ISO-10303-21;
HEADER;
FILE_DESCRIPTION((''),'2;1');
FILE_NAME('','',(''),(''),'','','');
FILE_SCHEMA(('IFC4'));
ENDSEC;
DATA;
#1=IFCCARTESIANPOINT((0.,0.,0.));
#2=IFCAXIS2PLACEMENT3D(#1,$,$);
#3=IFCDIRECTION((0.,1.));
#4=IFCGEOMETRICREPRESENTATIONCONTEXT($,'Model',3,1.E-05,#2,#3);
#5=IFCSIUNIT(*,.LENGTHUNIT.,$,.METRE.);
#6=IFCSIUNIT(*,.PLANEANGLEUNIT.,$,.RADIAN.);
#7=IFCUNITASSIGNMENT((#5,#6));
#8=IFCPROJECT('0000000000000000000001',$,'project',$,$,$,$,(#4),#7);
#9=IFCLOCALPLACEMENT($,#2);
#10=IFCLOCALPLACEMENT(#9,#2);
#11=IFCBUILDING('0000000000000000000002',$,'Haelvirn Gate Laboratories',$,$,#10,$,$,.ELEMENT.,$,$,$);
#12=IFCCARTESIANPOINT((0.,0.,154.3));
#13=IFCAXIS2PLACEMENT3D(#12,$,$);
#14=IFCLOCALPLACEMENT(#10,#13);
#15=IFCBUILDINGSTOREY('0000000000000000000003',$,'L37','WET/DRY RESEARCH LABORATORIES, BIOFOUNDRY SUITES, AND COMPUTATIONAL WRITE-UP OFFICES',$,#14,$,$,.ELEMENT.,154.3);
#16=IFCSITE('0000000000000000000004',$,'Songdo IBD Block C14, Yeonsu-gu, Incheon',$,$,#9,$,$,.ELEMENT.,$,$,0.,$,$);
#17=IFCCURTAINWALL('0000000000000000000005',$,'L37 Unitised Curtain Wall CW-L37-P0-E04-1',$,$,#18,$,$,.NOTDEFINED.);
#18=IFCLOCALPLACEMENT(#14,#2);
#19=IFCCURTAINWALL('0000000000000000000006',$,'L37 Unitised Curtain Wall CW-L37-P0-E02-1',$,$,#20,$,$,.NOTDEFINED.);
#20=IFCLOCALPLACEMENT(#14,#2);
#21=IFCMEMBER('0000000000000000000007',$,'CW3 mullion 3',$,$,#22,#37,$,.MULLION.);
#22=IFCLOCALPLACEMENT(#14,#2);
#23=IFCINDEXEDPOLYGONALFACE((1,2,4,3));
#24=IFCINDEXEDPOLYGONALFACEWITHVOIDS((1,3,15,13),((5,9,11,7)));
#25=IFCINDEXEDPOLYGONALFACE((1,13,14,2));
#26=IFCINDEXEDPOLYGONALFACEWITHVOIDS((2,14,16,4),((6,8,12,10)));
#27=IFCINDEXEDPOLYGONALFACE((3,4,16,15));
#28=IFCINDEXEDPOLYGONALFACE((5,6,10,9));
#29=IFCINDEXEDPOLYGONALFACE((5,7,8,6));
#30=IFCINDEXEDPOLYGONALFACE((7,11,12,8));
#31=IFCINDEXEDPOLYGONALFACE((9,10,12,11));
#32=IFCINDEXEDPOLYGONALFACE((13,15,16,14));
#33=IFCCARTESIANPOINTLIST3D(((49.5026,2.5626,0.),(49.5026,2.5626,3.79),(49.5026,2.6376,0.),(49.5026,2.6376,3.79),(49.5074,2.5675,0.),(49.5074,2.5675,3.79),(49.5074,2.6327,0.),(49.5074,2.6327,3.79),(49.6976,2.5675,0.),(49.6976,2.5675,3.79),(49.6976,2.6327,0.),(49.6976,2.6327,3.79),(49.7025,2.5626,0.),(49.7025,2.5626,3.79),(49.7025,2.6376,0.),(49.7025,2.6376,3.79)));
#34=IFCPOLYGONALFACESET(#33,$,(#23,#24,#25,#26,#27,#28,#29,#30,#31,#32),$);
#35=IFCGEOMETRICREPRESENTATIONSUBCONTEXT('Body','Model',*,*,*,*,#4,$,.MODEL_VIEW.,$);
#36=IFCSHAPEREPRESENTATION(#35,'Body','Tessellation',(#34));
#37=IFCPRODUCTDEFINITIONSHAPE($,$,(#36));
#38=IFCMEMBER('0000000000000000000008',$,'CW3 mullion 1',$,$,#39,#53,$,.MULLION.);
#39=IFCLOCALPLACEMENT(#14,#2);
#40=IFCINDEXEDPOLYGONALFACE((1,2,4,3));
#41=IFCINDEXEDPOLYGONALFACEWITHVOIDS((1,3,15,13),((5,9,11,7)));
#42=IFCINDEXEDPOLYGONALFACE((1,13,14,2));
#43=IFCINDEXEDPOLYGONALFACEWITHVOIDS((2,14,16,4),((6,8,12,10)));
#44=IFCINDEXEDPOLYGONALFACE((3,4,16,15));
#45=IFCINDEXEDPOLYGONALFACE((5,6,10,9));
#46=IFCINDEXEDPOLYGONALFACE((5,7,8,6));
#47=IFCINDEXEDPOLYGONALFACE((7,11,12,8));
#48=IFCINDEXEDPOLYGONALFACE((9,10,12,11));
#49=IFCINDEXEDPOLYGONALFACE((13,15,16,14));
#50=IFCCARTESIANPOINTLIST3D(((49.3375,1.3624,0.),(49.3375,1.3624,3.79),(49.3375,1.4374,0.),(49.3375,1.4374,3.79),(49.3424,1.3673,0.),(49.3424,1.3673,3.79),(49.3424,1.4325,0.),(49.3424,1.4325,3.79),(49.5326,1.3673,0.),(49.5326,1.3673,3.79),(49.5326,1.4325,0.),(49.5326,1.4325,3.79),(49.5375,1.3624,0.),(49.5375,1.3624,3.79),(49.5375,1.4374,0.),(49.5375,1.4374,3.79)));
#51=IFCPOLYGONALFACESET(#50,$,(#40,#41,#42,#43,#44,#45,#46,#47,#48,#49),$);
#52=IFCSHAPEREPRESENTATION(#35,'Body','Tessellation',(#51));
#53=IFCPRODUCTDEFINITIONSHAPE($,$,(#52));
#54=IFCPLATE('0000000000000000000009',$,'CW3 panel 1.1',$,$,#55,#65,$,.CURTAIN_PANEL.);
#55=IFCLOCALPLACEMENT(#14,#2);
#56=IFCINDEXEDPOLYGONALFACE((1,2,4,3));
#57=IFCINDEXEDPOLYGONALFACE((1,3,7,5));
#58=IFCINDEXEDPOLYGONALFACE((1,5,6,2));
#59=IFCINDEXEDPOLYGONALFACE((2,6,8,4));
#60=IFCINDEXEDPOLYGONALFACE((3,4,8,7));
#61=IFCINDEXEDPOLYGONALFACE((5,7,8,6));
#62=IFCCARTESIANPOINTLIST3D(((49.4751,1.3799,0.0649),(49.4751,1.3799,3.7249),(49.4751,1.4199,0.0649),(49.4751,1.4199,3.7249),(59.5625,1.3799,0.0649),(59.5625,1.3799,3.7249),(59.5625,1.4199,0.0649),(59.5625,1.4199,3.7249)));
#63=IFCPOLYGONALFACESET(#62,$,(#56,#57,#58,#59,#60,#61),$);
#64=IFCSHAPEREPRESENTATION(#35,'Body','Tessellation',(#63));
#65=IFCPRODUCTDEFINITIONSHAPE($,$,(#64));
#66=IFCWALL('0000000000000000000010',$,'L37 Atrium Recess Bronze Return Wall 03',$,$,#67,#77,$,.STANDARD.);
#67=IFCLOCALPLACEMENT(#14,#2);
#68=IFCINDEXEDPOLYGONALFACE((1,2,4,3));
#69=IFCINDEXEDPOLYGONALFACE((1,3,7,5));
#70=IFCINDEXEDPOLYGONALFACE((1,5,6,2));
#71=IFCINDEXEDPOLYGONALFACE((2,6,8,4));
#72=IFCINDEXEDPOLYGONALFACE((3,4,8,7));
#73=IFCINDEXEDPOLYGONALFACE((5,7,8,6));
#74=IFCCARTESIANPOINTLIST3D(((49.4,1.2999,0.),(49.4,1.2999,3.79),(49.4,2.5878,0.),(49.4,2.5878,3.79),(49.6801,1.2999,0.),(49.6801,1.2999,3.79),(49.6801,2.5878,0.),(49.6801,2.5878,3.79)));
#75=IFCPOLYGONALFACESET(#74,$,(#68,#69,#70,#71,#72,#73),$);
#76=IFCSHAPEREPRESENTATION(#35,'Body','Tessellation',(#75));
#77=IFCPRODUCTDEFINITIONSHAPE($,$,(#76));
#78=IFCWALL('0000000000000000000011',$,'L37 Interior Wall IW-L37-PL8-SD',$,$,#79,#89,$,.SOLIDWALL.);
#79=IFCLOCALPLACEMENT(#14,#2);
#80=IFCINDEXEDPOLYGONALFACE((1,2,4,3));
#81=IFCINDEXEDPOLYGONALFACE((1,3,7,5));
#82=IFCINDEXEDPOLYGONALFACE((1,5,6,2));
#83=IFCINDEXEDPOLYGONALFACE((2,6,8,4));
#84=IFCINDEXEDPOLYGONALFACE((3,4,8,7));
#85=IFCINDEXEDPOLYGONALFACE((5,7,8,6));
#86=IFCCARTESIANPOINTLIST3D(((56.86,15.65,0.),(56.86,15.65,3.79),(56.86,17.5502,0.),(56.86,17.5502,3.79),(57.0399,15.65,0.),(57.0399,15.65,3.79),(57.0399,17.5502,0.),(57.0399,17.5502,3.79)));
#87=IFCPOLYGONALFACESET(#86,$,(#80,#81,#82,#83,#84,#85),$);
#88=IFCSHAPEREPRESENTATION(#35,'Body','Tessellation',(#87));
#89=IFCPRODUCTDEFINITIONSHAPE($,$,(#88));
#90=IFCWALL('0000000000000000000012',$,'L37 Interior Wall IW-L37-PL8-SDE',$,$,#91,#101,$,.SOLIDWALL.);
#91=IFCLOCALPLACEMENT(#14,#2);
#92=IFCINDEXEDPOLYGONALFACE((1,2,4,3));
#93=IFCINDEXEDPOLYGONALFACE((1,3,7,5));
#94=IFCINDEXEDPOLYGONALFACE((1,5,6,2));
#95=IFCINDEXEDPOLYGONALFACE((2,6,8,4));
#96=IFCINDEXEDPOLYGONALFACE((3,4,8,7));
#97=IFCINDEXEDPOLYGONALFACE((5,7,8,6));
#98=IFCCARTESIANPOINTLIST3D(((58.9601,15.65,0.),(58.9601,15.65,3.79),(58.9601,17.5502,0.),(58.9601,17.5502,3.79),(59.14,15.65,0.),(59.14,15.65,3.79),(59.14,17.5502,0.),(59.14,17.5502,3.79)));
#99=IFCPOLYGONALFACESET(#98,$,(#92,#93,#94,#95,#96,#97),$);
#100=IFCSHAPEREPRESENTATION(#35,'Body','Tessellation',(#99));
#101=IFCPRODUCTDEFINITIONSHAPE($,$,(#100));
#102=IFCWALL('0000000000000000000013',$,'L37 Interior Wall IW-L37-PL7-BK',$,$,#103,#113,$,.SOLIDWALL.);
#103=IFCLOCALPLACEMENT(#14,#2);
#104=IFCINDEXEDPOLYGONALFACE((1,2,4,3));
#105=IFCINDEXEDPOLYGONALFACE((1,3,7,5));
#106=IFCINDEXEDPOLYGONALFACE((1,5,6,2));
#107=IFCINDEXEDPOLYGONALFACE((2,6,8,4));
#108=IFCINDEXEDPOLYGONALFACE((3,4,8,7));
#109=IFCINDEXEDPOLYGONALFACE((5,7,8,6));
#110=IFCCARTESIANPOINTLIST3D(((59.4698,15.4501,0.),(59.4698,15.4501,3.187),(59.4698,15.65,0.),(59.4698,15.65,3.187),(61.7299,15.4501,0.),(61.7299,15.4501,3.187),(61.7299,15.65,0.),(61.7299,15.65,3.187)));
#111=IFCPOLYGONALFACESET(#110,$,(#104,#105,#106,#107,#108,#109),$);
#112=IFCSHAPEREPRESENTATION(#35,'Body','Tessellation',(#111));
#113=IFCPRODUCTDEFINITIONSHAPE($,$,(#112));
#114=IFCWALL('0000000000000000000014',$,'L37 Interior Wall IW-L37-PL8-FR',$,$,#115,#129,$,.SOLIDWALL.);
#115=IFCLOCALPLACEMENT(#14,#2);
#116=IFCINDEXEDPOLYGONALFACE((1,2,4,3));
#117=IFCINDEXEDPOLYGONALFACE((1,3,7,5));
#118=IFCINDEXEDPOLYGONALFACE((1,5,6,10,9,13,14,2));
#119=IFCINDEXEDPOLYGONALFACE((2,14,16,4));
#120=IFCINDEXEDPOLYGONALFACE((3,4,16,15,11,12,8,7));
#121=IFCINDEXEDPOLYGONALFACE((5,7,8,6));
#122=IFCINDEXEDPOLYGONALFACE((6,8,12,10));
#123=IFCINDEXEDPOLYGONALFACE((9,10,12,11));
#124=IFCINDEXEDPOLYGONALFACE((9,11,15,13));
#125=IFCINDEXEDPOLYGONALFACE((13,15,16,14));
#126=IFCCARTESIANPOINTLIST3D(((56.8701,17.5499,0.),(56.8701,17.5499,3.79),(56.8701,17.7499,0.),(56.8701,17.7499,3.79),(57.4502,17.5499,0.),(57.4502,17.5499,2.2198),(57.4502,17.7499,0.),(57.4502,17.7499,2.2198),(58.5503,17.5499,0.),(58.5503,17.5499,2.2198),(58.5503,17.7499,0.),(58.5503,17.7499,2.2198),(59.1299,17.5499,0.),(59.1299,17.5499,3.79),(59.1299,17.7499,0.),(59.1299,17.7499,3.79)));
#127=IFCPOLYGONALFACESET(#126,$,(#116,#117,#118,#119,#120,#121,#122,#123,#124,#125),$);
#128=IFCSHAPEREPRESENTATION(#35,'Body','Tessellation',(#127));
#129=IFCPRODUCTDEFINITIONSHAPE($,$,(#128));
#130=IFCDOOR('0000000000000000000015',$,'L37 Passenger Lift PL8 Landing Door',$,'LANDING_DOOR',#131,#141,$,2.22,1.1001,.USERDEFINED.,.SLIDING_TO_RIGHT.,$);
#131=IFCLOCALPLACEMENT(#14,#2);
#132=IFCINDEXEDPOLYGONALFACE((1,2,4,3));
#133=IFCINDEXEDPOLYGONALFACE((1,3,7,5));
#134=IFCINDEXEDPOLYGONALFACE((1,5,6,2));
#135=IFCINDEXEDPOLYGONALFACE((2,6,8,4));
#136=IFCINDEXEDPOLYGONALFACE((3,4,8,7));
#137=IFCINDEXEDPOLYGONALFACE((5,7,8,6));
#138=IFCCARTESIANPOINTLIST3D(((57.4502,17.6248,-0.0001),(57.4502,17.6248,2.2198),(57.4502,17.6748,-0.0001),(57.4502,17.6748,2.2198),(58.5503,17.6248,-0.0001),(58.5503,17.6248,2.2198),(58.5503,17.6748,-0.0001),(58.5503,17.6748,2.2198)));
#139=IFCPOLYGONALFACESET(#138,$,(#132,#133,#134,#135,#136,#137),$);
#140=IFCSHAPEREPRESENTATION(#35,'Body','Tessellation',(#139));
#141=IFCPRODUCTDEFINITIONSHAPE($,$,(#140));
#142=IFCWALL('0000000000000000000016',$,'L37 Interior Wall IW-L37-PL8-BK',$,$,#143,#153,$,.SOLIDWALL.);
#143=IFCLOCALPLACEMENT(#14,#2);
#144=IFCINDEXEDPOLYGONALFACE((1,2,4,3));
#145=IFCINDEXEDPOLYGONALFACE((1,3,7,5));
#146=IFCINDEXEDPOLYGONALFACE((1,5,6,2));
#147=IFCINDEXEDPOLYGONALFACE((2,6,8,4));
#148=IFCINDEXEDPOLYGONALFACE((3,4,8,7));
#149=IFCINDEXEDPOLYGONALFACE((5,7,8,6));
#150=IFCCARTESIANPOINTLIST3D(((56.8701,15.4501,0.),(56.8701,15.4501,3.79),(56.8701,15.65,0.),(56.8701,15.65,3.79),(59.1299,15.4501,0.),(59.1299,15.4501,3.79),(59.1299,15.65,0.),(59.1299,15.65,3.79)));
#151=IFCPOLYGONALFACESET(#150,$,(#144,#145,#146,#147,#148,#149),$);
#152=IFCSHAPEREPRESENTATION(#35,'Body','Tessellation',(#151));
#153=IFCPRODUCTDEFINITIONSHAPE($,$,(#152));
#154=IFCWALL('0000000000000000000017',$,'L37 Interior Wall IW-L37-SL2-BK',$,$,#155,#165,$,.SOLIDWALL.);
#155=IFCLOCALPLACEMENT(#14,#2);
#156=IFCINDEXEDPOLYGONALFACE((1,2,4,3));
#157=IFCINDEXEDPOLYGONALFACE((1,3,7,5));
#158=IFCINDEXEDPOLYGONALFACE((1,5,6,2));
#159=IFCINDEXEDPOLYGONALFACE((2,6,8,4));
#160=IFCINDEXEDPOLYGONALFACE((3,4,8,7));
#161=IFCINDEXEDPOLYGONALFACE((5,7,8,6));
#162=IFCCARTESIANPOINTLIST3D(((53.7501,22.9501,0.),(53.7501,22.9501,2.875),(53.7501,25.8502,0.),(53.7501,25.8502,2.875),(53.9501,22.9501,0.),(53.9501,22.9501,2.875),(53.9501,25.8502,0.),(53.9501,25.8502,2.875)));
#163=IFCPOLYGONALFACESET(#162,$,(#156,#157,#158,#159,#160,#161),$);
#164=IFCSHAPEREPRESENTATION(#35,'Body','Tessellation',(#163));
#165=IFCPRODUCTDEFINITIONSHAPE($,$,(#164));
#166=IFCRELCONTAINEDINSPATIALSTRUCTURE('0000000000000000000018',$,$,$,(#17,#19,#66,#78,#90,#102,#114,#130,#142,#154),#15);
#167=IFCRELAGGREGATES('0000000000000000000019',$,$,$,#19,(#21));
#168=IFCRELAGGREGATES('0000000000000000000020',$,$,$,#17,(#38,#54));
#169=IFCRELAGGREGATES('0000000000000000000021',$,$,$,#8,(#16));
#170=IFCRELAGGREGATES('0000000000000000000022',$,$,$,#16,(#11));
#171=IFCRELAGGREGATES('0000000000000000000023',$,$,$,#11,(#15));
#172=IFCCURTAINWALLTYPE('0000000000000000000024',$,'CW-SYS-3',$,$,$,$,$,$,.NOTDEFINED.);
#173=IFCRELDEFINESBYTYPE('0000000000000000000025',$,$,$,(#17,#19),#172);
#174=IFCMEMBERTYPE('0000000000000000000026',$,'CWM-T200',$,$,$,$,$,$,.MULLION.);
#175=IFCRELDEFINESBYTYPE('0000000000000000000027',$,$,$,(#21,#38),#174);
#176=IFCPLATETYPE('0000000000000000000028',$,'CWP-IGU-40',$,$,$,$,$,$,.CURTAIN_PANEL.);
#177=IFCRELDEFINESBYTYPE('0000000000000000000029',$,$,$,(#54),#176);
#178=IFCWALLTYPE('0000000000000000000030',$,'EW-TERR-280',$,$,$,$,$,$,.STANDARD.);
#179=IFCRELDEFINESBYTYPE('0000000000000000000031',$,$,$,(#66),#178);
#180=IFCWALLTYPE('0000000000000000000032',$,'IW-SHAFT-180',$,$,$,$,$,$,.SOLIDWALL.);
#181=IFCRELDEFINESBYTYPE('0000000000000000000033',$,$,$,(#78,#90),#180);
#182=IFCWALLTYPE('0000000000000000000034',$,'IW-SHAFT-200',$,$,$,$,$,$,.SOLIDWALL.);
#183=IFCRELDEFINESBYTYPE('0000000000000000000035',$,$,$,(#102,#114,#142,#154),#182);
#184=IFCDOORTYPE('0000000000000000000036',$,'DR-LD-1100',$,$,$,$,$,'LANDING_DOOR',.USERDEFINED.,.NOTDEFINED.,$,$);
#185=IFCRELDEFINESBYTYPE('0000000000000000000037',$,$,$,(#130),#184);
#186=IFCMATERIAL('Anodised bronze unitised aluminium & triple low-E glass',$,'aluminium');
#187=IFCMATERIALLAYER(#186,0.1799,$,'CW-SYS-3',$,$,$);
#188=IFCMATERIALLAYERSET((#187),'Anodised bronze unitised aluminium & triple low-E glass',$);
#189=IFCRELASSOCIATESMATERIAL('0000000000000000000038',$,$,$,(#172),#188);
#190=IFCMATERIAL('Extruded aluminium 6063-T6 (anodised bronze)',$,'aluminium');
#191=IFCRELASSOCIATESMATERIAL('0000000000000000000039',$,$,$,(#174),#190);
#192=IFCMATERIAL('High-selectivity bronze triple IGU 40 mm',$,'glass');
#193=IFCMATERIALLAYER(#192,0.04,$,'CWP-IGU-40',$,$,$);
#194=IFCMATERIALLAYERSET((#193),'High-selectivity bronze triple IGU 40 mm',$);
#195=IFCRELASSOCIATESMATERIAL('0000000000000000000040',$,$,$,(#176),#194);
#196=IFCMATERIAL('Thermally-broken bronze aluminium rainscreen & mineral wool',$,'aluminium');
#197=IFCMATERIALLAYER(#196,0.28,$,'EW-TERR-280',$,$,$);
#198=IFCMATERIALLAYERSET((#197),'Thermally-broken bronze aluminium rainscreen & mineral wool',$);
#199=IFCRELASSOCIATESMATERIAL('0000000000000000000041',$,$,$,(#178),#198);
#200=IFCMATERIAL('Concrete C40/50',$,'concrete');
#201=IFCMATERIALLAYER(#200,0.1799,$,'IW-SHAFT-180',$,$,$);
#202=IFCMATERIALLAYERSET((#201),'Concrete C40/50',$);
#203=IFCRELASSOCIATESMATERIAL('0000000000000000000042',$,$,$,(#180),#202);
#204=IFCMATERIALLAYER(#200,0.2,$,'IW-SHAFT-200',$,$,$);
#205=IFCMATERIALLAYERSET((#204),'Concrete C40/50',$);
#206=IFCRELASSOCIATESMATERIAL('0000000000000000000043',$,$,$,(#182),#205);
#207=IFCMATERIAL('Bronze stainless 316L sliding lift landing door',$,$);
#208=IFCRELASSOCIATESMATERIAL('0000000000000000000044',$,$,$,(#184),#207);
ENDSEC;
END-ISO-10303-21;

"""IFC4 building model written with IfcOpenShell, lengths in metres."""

from ifc_helpers import new_model, si_unit, direction, frame, frame_2d, origin, origin_2d, place, context, subcontext, project, spatial, rectangle, hollow_rectangle, extrude, source, transform, mapped, material, layer, layer_set, material_profile, profile_set, type_object, type_shapes, element, fill, aggregate, save


model = new_model("IFC4")

# Units and contexts
model_context = context("Model", 3, precision=1e-05, world=origin(), true_north=direction((0.0, 1.0)))
body_context = subcontext(model_context, "Body", "Model", "MODEL_VIEW")
ifc_project = project(units=[si_unit("LENGTHUNIT", "METRE"), si_unit("PLANEANGLEUNIT", "RADIAN")], contexts=[model_context])

# Site, building, storey
site_placement = place(None, origin())
site = spatial("IfcSite", under=ifc_project, at=site_placement, Name="Songdo IBD Block C14, Yeonsu-gu, Incheon", CompositionType="ELEMENT", RefElevation=0.0)
building_placement = place(site_placement, origin())
building = spatial("IfcBuilding", under=site, at=building_placement, Name="Haelvirn Gate Laboratories", CompositionType="ELEMENT")
storey_placement = place(building_placement, frame((0.0, 0.0, 154.3)))
storey = spatial("IfcBuildingStorey", under=building, at=storey_placement, Name="L37", Description="WET/DRY RESEARCH LABORATORIES, BIOFOUNDRY SUITES, AND COMPUTATIONAL WRITE-UP OFFICES", CompositionType="ELEMENT", Elevation=154.3)

# Curtain wall
ifc_material_1 = material(Name="Anodised bronze unitised aluminium & triple low-E glass", Category="aluminium")
ifc_layer_1 = layer(ifc_material_1, 0.1799, Name="CW-SYS-3")
ifc_layer_set_1 = layer_set([ifc_layer_1], Name="Anodised bronze unitised aluminium & triple low-E glass")
curtain_wall_type = type_object("IfcCurtainWallType", Name="CW-SYS-3", PredefinedType="NOTDEFINED", material=ifc_layer_set_1)
curtain_wall_1_placement = place(storey_placement, origin())
curtain_wall_1 = element("IfcCurtainWall", 1, at=curtain_wall_1_placement, inside=storey, type_object=curtain_wall_type, Name="L37 Unitised Curtain Wall CW-L37-P0-E04-1", PredefinedType="NOTDEFINED")
ifc_material_2 = material(Name="Extruded aluminium 6063-T6 (anodised bronze)", Category="aluminium")

# Curtain wall, member
curtain_wall_2_placement = place(storey_placement, origin())
curtain_wall_2 = element("IfcCurtainWall", 2, at=curtain_wall_2_placement, inside=storey, type_object=curtain_wall_type, Name="L37 Unitised Curtain Wall CW-L37-P0-E02-1", PredefinedType="NOTDEFINED")
ifc_material_profile_1 = material_profile(ifc_material_2, hollow_rectangle(XDim=0.075, YDim=0.2, WallThickness=0.0049, at=origin_2d()), Name="CWM-200x75x5")
ifc_profile_set_1 = profile_set([ifc_material_profile_1], Name="Extruded aluminium 6063-T6 (anodised bronze)")
member_type_1 = type_object("IfcMemberType", Name="CWM-T200", PredefinedType="MULLION", material=ifc_profile_set_1)
shared_shape_1 = source(origin(), body_context, "Body", "SweptSolid", [
    extrude(hollow_rectangle(XDim=0.075, YDim=0.2, WallThickness=0.0049, at=origin_2d()), origin(), (0.0, 0.0, 1.0), 3.79),
])
type_shapes(member_type_1, [shared_shape_1])
member_1_placement = place(storey_placement, frame((49.6025, 2.6001, 0.0), z_axis=(0.0, 0.0, 1.0), x_axis=(0.0, 1.0, 0.0)))
member_1 = element("IfcMember", 3, at=member_1_placement, type_object=member_type_1, Name="CW3 mullion 3", PredefinedType="MULLION", context=body_context, shape_type="MappedRepresentation", body=[
    mapped(shared_shape_1, transform((0.0, 0.0, 0.0), scale=1.0)),
])
aggregate(curtain_wall_2, [member_1])

# Member
member_2_placement = place(storey_placement, frame((49.4375, 1.3999, 0.0), z_axis=(0.0, 0.0, 1.0), x_axis=(0.0, 1.0, 0.0)))
member_2 = element("IfcMember", 4, at=member_2_placement, type_object=member_type_1, Name="CW3 mullion 1", PredefinedType="MULLION", context=body_context, shape_type="MappedRepresentation", body=[
    mapped(shared_shape_1, transform((0.0, 0.0, 0.0), scale=1.0)),
])

# Plate
ifc_material_3 = material(Name="High-selectivity bronze triple IGU 40 mm", Category="glass")
ifc_layer_2 = layer(ifc_material_3, 0.04, Name="CWP-IGU-40")
ifc_layer_set_2 = layer_set([ifc_layer_2], Name="High-selectivity bronze triple IGU 40 mm")
plate_type = type_object("IfcPlateType", Name="CWP-IGU-40", PredefinedType="CURTAIN_PANEL", material=ifc_layer_set_2)
shared_shape_2 = source(origin(), body_context, "Body", "SweptSolid", [
    extrude(rectangle(XDim=10.0874, YDim=0.04, at=origin_2d()), origin(), (0.0, 0.0, 1.0), 3.6599),
])
type_shapes(plate_type, [shared_shape_2])
plate_placement = place(storey_placement, frame((54.5188, 1.3999, 0.0649), z_axis=(0.0, 0.0, 1.0), x_axis=(1.0, 0.0, 0.0)))
plate = element("IfcPlate", 5, at=plate_placement, type_object=plate_type, Name="CW3 panel 1.1", PredefinedType="CURTAIN_PANEL", context=body_context, shape_type="MappedRepresentation", body=[
    mapped(shared_shape_2, transform((0.0, 0.0, 0.0), scale=1.0)),
])
aggregate(curtain_wall_1, [member_2, plate])

# Walls
ifc_material_4 = material(Name="Thermally-broken bronze aluminium rainscreen & mineral wool", Category="aluminium")
ifc_layer_3 = layer(ifc_material_4, 0.28, Name="EW-TERR-280")
ifc_layer_set_3 = layer_set([ifc_layer_3], Name="Thermally-broken bronze aluminium rainscreen & mineral wool")
wall_type_1 = type_object("IfcWallType", Name="EW-TERR-280", PredefinedType="STANDARD", material=ifc_layer_set_3)
wall_1_placement = place(storey_placement, frame((49.54, 2.5879, 0.0), z_axis=(0.0, 0.0, 1.0), x_axis=(0.0, -1.0, 0.0)))
element("IfcWall", 6, at=wall_1_placement, inside=storey, type_object=wall_type_1, Name="L37 Atrium Recess Bronze Return Wall 03", PredefinedType="STANDARD", context=body_context, shape_type="SweptSolid", body=[
    extrude(rectangle(XDim=1.2878, YDim=0.28, at=frame_2d((0.644, 0.0))), origin(), (0.0, 0.0, 1.0), 3.79),
])
ifc_material_5 = material(Name="Concrete C40/50", Category="concrete")
ifc_layer_4 = layer(ifc_material_5, 0.1799, Name="IW-SHAFT-180")
ifc_layer_set_4 = layer_set([ifc_layer_4], Name="Concrete C40/50")
wall_type_2 = type_object("IfcWallType", Name="IW-SHAFT-180", PredefinedType="SOLIDWALL", material=ifc_layer_set_4)
for number, where, z_axis, x_axis, name in (
    (7, (56.95, 15.6499, 0.0), (0.0, 0.0, 1.0), (0.0, 1.0, 0.0), "L37 Interior Wall IW-L37-PL8-SD"),
    (8, (59.05, 15.6499, 0.0), (0.0, 0.0, 1.0), (0.0, 1.0, 0.0), "L37 Interior Wall IW-L37-PL8-SDE"),
):
    element("IfcWall", number, at=place(storey_placement, frame(where, z_axis=z_axis, x_axis=x_axis)), inside=storey, type_object=wall_type_2, Name=name, PredefinedType="SOLIDWALL", context=body_context, shape_type="SweptSolid", body=[
        extrude(rectangle(XDim=1.9001, YDim=0.1799, at=frame_2d((0.9502, 0.0))), origin(), (0.0, 0.0, 1.0), 3.79),
    ])
ifc_layer_5 = layer(ifc_material_5, 0.2, Name="IW-SHAFT-200")
ifc_layer_set_5 = layer_set([ifc_layer_5], Name="Concrete C40/50")
wall_type_3 = type_object("IfcWallType", Name="IW-SHAFT-200", PredefinedType="SOLIDWALL", material=ifc_layer_set_5)
wall_2_placement = place(storey_placement, frame((59.47, 15.55, 0.0), z_axis=(0.0, 0.0, 1.0), x_axis=(1.0, 0.0, 0.0)))
element("IfcWall", 9, at=wall_2_placement, inside=storey, type_object=wall_type_3, Name="L37 Interior Wall IW-L37-PL7-BK", PredefinedType="SOLIDWALL", context=body_context, shape_type="SweptSolid", body=[
    extrude(rectangle(XDim=2.26, YDim=0.2, at=frame_2d((1.1299, 0.0))), origin(), (0.0, 0.0, 1.0), 3.187),
])

# Wall, opening, door
wall_3_placement = place(storey_placement, frame((56.8701, 17.6499, 0.0), z_axis=(0.0, 0.0, 1.0), x_axis=(1.0, 0.0, 0.0)))
wall_3 = element("IfcWall", 10, at=wall_3_placement, inside=storey, type_object=wall_type_3, Name="L37 Interior Wall IW-L37-PL8-FR", PredefinedType="SOLIDWALL", context=body_context, shape_type="SweptSolid", body=[
    extrude(rectangle(XDim=2.2598, YDim=0.2, at=frame_2d((1.1299, 0.0))), origin(), (0.0, 0.0, 1.0), 3.79),
])
opening_1_placement = place(wall_3_placement, frame((0.5801, 0.0, 0.0)))
opening_1 = element("IfcOpeningElement", 11, at=opening_1_placement, cuts=wall_3, PredefinedType="OPENING", context=body_context, shape_type="SweptSolid", body=[
    extrude(rectangle(XDim=1.1001, YDim=2.22, at=frame_2d((0.55, 1.1099))), frame((0.0, 0.1099, 0.0), z_axis=(0.0, -1.0, 0.0), x_axis=(1.0, 0.0, 0.0)), (0.0, 0.0, 1.0), 0.22),
])
ifc_material_6 = material(Name="Bronze stainless 316L sliding lift landing door")
door_type_1 = type_object("IfcDoorType", Name="DR-LD-1100", ElementType="LANDING_DOOR", OperationType="NOTDEFINED", PredefinedType="USERDEFINED", material=ifc_material_6)
shared_shape_3 = source(origin(), body_context, "Body", "SweptSolid", [
    extrude(rectangle(XDim=1.1001, YDim=2.22, at=frame_2d((0.55, 1.1099))), frame((0.0, 0.0249, 0.0), z_axis=(0.0, -1.0, 0.0), x_axis=(1.0, 0.0, 0.0)), (0.0, 0.0, 1.0), 0.05),
])
type_shapes(door_type_1, [shared_shape_3])
door_1_placement = place(opening_1_placement, origin())
door_1 = element("IfcDoor", 12, at=door_1_placement, inside=storey, type_object=door_type_1, Name="L37 Passenger Lift PL8 Landing Door", ObjectType="LANDING_DOOR", OperationType="SLIDING_TO_RIGHT", OverallHeight=2.22, OverallWidth=1.1001, PredefinedType="USERDEFINED", context=body_context, shape_type="MappedRepresentation", body=[
    mapped(shared_shape_3, transform((0.0, 0.0, 0.0), scale=1.0)),
])
fill(opening_1, door_1)

# Walls
wall_4_placement = place(storey_placement, frame((56.8701, 15.55, 0.0), z_axis=(0.0, 0.0, 1.0), x_axis=(1.0, 0.0, 0.0)))
element("IfcWall", 13, at=wall_4_placement, inside=storey, type_object=wall_type_3, Name="L37 Interior Wall IW-L37-PL8-BK", PredefinedType="SOLIDWALL", context=body_context, shape_type="SweptSolid", body=[
    extrude(rectangle(XDim=2.2598, YDim=0.2, at=frame_2d((1.1299, 0.0))), origin(), (0.0, 0.0, 1.0), 3.79),
])
wall_5_placement = place(storey_placement, frame((53.8501, 22.95, 0.0), z_axis=(0.0, 0.0, 1.0), x_axis=(0.0, 1.0, 0.0)))
element("IfcWall", 14, at=wall_5_placement, inside=storey, type_object=wall_type_3, Name="L37 Interior Wall IW-L37-SL2-BK", PredefinedType="SOLIDWALL", context=body_context, shape_type="SweptSolid", body=[
    extrude(rectangle(XDim=2.9001, YDim=0.2, at=frame_2d((1.4502, 0.0))), origin(), (0.0, 0.0, 1.0), 2.875),
])

save(model, "model.ifc")
